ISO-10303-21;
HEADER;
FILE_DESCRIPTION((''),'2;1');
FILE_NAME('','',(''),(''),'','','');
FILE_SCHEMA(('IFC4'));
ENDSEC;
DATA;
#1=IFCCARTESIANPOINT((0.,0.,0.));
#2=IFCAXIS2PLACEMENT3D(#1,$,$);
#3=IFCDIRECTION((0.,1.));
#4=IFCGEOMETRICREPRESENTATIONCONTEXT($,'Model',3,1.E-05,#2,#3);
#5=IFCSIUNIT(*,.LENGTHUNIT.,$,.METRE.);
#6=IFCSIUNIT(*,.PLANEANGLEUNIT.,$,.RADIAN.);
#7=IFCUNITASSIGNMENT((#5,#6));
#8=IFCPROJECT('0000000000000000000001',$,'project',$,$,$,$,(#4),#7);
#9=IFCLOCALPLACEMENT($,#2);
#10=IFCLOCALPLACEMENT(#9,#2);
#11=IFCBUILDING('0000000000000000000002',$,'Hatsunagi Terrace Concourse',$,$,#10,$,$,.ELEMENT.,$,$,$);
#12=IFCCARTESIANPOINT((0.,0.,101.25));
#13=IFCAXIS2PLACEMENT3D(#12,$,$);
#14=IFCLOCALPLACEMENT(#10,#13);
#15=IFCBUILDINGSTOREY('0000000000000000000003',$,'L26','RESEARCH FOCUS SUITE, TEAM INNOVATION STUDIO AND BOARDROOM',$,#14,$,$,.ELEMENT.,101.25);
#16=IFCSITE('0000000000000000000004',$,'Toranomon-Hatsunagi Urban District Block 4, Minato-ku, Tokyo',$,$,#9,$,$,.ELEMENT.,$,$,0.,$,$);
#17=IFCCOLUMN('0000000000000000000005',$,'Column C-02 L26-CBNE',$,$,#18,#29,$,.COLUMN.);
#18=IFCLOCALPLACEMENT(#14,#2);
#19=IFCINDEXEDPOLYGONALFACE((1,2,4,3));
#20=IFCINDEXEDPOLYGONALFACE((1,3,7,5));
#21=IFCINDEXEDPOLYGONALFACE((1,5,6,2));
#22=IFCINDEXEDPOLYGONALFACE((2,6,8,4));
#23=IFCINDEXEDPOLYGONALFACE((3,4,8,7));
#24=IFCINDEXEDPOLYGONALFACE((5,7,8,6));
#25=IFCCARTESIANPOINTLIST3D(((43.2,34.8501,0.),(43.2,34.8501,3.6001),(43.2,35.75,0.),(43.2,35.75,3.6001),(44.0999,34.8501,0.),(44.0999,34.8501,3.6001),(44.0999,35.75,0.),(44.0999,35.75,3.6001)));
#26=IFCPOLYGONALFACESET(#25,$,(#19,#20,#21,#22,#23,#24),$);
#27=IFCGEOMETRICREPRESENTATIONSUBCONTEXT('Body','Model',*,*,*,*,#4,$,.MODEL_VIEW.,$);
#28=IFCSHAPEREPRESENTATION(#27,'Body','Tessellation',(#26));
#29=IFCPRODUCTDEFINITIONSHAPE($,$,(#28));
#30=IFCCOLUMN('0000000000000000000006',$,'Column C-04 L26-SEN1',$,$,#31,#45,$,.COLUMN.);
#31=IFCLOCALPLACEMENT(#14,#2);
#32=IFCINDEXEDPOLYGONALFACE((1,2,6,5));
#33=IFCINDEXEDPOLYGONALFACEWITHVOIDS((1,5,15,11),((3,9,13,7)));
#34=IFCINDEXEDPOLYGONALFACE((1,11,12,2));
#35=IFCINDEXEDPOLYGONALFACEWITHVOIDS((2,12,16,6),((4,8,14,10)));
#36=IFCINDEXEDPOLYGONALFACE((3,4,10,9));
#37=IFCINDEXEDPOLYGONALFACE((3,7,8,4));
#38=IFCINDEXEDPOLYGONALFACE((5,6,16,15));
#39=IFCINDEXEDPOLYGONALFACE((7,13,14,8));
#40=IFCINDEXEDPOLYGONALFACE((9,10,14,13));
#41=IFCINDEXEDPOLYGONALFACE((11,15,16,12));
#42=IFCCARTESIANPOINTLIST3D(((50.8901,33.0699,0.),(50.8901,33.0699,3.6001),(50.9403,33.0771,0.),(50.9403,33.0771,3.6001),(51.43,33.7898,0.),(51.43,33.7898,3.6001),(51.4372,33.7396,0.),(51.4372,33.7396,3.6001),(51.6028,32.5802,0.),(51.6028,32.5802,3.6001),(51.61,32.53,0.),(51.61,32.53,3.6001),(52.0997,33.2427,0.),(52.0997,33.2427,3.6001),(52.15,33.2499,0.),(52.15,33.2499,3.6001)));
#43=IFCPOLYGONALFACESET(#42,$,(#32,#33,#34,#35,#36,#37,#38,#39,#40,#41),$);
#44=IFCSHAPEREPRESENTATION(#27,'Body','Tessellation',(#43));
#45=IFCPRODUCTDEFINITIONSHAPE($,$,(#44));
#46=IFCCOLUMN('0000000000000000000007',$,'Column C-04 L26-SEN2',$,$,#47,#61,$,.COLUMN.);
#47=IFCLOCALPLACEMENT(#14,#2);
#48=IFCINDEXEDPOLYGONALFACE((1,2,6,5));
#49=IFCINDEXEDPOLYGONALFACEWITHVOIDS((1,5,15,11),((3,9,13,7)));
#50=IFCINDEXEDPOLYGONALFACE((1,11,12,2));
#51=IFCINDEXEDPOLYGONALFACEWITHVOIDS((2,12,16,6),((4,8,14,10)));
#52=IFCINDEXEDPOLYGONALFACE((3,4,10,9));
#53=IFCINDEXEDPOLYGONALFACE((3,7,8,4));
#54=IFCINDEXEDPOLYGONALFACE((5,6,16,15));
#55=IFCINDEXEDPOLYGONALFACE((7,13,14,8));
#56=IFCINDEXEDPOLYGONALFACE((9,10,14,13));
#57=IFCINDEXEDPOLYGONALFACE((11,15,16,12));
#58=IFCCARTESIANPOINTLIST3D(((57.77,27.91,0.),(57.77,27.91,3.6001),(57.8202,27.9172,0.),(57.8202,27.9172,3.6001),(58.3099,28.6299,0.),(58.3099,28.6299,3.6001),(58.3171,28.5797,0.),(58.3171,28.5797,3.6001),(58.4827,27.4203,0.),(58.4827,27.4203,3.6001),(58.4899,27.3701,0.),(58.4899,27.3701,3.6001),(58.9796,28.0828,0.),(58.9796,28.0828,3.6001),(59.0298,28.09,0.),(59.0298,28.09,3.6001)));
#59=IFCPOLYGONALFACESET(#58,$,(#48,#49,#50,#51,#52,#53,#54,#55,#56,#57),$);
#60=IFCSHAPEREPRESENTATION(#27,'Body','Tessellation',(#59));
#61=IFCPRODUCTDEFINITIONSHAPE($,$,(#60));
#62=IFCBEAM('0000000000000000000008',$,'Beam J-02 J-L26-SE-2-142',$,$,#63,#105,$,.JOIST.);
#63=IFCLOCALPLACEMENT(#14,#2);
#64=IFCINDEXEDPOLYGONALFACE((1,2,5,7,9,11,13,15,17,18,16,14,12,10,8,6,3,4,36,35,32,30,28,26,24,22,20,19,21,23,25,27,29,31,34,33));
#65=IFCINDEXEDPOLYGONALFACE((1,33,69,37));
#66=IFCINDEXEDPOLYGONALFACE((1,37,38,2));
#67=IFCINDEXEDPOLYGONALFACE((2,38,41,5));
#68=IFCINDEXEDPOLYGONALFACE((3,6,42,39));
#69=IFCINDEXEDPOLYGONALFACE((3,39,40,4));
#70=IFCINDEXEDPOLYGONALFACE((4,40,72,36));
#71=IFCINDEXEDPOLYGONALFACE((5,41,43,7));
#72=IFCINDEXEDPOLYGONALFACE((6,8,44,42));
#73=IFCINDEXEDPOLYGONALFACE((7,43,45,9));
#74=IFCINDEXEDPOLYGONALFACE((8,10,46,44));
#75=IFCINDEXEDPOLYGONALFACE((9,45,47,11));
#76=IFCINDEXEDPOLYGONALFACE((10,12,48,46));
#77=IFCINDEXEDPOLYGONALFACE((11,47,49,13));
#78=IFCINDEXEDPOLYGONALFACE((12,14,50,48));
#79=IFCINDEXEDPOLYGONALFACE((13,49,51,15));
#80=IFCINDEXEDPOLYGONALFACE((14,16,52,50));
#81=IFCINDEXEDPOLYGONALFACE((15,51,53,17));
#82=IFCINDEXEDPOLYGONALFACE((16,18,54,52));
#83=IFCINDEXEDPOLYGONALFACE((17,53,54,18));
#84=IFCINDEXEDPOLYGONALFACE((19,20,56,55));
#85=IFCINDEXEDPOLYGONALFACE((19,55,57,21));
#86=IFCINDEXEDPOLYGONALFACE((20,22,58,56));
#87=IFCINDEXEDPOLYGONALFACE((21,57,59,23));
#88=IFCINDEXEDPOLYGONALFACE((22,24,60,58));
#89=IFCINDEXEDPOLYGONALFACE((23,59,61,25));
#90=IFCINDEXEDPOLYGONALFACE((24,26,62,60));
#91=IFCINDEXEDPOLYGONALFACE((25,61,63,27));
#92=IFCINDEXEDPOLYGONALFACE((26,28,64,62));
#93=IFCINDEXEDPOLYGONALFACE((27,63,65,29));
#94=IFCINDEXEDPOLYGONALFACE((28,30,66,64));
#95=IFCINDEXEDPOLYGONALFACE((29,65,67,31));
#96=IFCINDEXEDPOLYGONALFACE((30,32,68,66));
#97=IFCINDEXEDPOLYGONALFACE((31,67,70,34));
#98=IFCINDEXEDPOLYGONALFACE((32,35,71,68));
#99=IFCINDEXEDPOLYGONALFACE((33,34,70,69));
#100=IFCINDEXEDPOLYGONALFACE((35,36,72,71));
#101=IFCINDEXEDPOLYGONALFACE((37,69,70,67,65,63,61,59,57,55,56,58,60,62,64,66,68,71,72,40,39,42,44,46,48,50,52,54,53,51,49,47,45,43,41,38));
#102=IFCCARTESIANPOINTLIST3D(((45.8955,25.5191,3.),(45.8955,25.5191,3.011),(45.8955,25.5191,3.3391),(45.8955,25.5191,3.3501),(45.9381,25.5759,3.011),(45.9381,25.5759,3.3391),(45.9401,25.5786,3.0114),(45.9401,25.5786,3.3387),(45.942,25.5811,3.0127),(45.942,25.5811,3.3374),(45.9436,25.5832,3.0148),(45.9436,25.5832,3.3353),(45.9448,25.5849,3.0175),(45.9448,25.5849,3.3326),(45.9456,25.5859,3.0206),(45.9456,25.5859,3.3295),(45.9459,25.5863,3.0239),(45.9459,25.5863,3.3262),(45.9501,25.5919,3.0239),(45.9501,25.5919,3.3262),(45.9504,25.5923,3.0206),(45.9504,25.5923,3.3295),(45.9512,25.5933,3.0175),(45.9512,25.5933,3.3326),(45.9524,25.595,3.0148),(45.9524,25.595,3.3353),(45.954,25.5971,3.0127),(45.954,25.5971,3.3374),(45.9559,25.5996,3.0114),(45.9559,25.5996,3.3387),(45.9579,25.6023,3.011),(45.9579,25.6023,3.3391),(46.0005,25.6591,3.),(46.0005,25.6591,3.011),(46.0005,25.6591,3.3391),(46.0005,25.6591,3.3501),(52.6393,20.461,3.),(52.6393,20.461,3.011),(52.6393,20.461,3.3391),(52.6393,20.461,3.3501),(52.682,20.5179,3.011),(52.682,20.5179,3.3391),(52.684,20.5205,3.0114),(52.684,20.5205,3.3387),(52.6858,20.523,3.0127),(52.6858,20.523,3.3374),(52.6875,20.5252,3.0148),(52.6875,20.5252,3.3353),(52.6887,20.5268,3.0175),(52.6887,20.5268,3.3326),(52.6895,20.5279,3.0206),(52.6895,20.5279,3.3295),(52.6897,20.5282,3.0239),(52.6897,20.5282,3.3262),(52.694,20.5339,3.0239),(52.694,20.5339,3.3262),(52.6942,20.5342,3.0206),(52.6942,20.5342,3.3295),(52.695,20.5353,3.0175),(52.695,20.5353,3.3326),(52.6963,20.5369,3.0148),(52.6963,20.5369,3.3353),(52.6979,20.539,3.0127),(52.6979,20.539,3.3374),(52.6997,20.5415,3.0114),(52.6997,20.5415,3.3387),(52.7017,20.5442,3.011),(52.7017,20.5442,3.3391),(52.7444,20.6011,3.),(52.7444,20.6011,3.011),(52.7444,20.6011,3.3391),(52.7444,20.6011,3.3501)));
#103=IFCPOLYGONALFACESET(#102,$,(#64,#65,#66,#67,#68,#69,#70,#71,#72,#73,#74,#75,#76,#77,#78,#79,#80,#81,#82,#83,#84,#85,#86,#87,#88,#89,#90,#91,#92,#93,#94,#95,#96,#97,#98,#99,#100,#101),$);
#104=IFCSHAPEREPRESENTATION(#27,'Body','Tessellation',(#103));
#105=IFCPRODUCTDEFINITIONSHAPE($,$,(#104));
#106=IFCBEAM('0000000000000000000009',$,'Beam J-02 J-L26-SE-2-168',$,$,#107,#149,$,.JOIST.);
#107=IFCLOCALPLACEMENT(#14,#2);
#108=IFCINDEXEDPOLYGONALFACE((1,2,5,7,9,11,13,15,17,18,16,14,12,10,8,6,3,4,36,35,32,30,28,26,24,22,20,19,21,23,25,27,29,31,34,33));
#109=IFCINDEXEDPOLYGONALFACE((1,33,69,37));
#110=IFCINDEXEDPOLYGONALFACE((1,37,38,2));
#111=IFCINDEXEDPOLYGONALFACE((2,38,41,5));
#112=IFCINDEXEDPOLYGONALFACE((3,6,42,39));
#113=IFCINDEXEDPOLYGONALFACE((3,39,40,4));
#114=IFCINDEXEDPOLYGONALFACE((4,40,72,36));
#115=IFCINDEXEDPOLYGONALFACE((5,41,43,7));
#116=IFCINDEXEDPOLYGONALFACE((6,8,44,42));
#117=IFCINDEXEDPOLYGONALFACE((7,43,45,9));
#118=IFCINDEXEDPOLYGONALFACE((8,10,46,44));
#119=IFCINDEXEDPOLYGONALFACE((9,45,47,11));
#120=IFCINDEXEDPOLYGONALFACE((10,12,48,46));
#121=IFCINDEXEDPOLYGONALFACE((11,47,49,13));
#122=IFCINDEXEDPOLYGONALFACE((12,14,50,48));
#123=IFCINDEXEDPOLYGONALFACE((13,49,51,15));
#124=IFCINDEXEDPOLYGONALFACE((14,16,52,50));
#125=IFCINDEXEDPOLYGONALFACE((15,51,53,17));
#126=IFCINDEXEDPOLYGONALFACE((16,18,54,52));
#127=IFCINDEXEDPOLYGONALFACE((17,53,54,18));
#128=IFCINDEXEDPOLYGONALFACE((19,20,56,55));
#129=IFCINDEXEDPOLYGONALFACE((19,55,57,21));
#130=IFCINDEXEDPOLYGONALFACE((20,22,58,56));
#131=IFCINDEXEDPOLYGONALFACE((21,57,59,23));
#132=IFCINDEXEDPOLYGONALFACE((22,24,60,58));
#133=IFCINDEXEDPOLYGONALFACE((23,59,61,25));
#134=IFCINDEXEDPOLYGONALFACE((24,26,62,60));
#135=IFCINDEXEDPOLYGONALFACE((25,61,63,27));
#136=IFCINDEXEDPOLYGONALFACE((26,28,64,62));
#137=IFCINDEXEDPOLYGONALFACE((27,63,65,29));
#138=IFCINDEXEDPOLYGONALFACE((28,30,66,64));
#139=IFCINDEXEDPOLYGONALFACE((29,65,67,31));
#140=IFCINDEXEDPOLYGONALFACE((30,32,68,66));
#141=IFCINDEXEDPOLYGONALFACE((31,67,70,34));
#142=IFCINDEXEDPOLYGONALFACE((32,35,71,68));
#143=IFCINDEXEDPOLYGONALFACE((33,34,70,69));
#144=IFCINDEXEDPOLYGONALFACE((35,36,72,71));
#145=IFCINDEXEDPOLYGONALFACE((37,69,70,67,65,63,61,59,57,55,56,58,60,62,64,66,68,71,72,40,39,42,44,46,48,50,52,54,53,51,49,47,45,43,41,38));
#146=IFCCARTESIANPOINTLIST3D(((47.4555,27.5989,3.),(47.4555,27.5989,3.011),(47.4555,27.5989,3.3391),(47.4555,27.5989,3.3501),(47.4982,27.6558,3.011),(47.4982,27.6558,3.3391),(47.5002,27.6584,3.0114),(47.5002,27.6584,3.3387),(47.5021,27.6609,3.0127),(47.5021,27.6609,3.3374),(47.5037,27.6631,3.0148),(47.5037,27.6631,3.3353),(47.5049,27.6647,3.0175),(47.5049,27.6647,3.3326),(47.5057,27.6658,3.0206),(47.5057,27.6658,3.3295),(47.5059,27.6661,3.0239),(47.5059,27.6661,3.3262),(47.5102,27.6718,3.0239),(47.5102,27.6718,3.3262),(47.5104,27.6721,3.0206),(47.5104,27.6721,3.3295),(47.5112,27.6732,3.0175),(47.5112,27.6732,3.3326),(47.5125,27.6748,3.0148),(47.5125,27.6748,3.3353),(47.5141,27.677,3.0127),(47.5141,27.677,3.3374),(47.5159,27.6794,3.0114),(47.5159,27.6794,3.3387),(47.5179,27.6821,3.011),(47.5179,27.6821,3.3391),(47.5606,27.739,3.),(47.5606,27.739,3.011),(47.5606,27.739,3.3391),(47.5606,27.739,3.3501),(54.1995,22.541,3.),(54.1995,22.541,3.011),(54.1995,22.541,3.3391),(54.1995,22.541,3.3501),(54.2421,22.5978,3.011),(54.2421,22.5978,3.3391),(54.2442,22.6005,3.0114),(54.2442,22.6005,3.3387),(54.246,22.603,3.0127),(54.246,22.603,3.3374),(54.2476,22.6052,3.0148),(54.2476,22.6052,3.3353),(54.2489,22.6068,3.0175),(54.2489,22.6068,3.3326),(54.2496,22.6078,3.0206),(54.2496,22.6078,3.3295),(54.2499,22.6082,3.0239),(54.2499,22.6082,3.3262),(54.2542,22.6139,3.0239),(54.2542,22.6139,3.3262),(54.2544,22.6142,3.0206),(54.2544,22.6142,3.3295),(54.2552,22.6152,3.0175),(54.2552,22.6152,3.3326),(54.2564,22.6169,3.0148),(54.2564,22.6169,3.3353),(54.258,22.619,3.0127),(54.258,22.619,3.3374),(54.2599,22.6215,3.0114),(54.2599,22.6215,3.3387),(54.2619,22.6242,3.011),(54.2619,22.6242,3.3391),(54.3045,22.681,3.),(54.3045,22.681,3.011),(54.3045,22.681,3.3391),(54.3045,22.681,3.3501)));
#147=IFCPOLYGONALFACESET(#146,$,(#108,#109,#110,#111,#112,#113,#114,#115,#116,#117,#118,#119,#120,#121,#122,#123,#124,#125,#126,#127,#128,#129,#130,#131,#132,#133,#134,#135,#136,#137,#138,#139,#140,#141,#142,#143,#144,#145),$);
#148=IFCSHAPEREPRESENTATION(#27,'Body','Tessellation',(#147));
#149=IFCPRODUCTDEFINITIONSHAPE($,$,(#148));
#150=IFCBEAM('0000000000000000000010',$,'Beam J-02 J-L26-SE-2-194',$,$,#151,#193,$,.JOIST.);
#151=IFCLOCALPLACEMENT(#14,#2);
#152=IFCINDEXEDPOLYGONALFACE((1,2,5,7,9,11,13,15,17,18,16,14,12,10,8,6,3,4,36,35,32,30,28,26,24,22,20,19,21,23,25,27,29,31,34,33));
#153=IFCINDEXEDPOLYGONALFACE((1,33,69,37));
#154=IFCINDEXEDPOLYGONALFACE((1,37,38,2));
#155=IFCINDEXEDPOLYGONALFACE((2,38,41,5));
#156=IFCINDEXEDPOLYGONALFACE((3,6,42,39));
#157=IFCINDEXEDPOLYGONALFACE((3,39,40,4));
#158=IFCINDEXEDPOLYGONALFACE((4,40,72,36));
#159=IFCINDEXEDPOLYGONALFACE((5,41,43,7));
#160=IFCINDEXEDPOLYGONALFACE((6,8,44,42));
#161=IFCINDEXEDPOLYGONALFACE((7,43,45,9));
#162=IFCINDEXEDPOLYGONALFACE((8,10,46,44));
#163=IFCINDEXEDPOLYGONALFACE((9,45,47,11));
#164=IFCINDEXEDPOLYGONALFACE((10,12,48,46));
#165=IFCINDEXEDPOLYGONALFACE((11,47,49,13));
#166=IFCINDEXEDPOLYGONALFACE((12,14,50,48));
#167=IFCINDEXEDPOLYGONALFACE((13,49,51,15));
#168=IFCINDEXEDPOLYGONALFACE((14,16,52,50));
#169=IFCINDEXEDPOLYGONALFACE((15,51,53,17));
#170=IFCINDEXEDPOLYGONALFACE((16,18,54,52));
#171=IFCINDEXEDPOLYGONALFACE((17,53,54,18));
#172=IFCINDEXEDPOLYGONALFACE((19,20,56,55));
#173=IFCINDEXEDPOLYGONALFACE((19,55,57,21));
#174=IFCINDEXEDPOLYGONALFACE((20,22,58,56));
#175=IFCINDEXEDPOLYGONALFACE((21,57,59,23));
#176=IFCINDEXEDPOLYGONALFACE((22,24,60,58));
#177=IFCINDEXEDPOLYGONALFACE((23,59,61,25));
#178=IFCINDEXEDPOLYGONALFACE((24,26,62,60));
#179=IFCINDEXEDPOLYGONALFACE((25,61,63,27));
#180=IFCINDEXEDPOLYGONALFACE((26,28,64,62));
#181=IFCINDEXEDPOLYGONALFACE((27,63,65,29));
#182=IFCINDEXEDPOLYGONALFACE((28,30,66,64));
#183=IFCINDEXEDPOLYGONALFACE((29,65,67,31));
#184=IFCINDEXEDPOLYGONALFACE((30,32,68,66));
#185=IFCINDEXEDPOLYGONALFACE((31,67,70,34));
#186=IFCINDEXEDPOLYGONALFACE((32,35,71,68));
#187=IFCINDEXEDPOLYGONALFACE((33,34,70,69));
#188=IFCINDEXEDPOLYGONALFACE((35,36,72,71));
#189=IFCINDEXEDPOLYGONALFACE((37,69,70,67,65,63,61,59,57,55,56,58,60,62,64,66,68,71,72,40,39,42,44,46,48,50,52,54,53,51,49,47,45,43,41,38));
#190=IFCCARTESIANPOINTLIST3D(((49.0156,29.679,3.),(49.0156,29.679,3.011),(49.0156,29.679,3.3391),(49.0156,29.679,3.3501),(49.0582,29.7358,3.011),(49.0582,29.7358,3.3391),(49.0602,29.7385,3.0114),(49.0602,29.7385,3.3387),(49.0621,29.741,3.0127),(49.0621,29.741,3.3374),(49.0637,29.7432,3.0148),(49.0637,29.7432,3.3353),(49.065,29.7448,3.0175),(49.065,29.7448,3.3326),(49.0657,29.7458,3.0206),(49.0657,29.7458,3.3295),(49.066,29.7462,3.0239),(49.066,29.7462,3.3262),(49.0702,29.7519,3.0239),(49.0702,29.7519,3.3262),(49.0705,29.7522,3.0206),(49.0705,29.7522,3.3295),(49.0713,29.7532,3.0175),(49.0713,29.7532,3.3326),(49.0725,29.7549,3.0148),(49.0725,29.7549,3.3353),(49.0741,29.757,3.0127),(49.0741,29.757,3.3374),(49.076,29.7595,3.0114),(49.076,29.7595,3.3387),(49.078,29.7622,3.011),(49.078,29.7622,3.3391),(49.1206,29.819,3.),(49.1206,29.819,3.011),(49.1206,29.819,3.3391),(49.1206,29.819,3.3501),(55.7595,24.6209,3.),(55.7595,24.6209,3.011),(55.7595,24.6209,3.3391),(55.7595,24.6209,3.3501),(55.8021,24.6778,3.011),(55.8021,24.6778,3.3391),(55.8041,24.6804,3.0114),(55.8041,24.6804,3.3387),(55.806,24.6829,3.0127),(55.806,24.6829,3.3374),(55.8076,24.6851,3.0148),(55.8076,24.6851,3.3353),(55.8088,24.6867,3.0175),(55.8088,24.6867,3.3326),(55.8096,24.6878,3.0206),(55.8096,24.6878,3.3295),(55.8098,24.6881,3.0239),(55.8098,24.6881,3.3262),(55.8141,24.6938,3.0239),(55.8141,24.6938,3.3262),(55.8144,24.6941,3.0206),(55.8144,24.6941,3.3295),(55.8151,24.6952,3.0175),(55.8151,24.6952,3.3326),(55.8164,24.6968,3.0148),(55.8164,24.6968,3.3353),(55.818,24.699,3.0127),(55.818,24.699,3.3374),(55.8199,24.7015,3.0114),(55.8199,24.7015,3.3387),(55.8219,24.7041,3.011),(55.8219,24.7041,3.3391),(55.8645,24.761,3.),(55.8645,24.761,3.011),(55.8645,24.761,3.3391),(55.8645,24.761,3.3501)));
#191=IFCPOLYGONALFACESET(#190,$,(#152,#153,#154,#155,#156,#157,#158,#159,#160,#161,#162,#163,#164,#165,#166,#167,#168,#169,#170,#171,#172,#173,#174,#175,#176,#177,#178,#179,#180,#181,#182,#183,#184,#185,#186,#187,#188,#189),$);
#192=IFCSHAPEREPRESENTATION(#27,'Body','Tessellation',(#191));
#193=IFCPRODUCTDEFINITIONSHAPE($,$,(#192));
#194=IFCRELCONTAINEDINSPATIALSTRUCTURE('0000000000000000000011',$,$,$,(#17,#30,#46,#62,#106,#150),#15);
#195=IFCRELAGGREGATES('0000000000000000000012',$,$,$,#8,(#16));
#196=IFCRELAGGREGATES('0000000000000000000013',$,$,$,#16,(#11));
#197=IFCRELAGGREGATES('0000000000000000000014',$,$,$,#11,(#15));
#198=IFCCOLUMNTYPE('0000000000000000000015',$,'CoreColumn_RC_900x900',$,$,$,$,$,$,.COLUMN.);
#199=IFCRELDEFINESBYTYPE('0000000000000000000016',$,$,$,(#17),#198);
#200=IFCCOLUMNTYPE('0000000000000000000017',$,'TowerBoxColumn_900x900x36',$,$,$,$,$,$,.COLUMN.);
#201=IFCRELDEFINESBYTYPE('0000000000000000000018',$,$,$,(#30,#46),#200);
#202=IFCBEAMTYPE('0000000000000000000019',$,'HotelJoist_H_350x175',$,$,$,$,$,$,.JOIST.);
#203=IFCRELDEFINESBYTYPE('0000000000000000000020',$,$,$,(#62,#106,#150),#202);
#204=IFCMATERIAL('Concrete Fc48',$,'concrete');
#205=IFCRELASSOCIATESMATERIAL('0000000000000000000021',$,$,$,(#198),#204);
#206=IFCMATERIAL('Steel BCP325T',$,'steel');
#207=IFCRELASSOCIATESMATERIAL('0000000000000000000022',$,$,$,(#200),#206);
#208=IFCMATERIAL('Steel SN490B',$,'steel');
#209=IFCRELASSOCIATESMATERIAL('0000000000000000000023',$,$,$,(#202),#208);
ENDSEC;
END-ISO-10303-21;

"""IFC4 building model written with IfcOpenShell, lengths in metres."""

from ifc_helpers import new_model, si_unit, direction, frame, origin, origin_2d, place, context, subcontext, project, spatial, rectangle, hollow_rectangle, i_section, extrude, material, material_profile, profile_set, type_object, element, save


model = new_model("IFC4")

# Units and contexts
model_context = context("Model", 3, precision=1e-05, world=origin(), true_north=direction((0.0, 1.0)))
body_context = subcontext(model_context, "Body", "Model", "MODEL_VIEW")
ifc_project = project(units=[si_unit("LENGTHUNIT", "METRE"), si_unit("PLANEANGLEUNIT", "RADIAN")], contexts=[model_context])

# Site, building, storey
site_placement = place(None, origin())
site = spatial("IfcSite", under=ifc_project, at=site_placement, Name="Toranomon-Hatsunagi Urban District Block 4, Minato-ku, Tokyo", CompositionType="ELEMENT", RefElevation=0.0)
building_placement = place(site_placement, origin())
building = spatial("IfcBuilding", under=site, at=building_placement, Name="Hatsunagi Terrace Concourse", CompositionType="ELEMENT")
storey_placement = place(building_placement, frame((0.0, 0.0, 101.25)))
storey = spatial("IfcBuildingStorey", under=building, at=storey_placement, Name="L26", Description="RESEARCH FOCUS SUITE, TEAM INNOVATION STUDIO AND BOARDROOM", CompositionType="ELEMENT", Elevation=101.25)

# Columns
ifc_material_1 = material(Name="Concrete Fc48", Category="concrete")
ifc_material_profile_1 = material_profile(ifc_material_1, rectangle(XDim=0.8999, YDim=0.8999, at=origin_2d()), Name="RC-900x900")
ifc_profile_set_1 = profile_set([ifc_material_profile_1], Name="Concrete Fc48")
column_type_1 = type_object("IfcColumnType", Name="CoreColumn_RC_900x900", PredefinedType="COLUMN", material=ifc_profile_set_1)
column_placement = place(storey_placement, frame((43.6499, 35.3, 0.0), z_axis=(0.0, 0.0, 1.0), x_axis=(1.0, 0.0, 0.0)))
element("IfcColumn", 1, at=column_placement, inside=storey, type_object=column_type_1, Name="Column C-02 L26-CBNE", PredefinedType="COLUMN", context=body_context, shape_type="SweptSolid", body=[
    extrude(rectangle(XDim=0.8999, YDim=0.8999, at=origin_2d()), origin(), (0.0, 0.0, 1.0), 3.6001),
])
ifc_material_2 = material(Name="Steel BCP325T", Category="steel")
ifc_material_profile_2 = material_profile(ifc_material_2, hollow_rectangle(XDim=0.8999, YDim=0.8999, WallThickness=0.0359, at=origin_2d()), Name="BCP-900x900x36")
ifc_profile_set_2 = profile_set([ifc_material_profile_2], Name="Steel BCP325T")
column_type_2 = type_object("IfcColumnType", Name="TowerBoxColumn_900x900x36", PredefinedType="COLUMN", material=ifc_profile_set_2)
for number, where, z_axis, x_axis, name in (
    (2, (51.52, 33.1599, 0.0), (0.0, 0.0, 1.0), (0.8, -0.6, 0.0), "Column C-04 L26-SEN1"),
    (3, (58.3999, 28.0, 0.0), (0.0, 0.0, 1.0), (0.8, -0.6, 0.0), "Column C-04 L26-SEN2"),
):
    element("IfcColumn", number, at=place(storey_placement, frame(where, z_axis=z_axis, x_axis=x_axis)), inside=storey, type_object=column_type_2, Name=name, PredefinedType="COLUMN", context=body_context, shape_type="SweptSolid", body=[
        extrude(hollow_rectangle(XDim=0.8999, YDim=0.8999, WallThickness=0.0359, at=origin_2d()), origin(), (0.0, 0.0, 1.0), 3.6001),
    ])

# Beams
ifc_material_3 = material(Name="Steel SN490B", Category="steel")
ifc_material_profile_3 = material_profile(ifc_material_3, i_section(OverallWidth=0.175, OverallDepth=0.3501, WebThickness=0.0071, FlangeThickness=0.011, FilletRadius=0.0129, at=origin_2d()), Name="H-350x175x7x11")
ifc_profile_set_3 = profile_set([ifc_material_profile_3], Name="Steel SN490B")
beam_type_1 = type_object("IfcBeamType", Name="HotelJoist_H_350x175", PredefinedType="JOIST", material=ifc_profile_set_3)
for number, where, z_axis, x_axis, name in (
    (4, (45.948, 25.5891, 3.175), (0.79999, -0.600014, 0.0), (0.600014, 0.79999, 0.0), "Beam J-02 J-L26-SE-2-142"),
    (5, (47.5081, 27.6689, 3.175), (0.800003, -0.599995, 0.0), (0.599995, 0.800003, 0.0), "Beam J-02 J-L26-SE-2-168"),
    (6, (49.0681, 29.749, 3.175), (0.79999, -0.600014, 0.0), (0.600014, 0.79999, 0.0), "Beam J-02 J-L26-SE-2-194"),
):
    element("IfcBeam", number, at=place(storey_placement, frame(where, z_axis=z_axis, x_axis=x_axis)), inside=storey, type_object=beam_type_1, Name=name, PredefinedType="JOIST", context=body_context, shape_type="SweptSolid", body=[
        extrude(i_section(OverallWidth=0.175, OverallDepth=0.3501, WebThickness=0.0071, FlangeThickness=0.011, FilletRadius=0.0129, at=origin_2d()), origin(), (0.0, 0.0, 1.0), 8.4299),
    ])

save(model, "model.ifc")
